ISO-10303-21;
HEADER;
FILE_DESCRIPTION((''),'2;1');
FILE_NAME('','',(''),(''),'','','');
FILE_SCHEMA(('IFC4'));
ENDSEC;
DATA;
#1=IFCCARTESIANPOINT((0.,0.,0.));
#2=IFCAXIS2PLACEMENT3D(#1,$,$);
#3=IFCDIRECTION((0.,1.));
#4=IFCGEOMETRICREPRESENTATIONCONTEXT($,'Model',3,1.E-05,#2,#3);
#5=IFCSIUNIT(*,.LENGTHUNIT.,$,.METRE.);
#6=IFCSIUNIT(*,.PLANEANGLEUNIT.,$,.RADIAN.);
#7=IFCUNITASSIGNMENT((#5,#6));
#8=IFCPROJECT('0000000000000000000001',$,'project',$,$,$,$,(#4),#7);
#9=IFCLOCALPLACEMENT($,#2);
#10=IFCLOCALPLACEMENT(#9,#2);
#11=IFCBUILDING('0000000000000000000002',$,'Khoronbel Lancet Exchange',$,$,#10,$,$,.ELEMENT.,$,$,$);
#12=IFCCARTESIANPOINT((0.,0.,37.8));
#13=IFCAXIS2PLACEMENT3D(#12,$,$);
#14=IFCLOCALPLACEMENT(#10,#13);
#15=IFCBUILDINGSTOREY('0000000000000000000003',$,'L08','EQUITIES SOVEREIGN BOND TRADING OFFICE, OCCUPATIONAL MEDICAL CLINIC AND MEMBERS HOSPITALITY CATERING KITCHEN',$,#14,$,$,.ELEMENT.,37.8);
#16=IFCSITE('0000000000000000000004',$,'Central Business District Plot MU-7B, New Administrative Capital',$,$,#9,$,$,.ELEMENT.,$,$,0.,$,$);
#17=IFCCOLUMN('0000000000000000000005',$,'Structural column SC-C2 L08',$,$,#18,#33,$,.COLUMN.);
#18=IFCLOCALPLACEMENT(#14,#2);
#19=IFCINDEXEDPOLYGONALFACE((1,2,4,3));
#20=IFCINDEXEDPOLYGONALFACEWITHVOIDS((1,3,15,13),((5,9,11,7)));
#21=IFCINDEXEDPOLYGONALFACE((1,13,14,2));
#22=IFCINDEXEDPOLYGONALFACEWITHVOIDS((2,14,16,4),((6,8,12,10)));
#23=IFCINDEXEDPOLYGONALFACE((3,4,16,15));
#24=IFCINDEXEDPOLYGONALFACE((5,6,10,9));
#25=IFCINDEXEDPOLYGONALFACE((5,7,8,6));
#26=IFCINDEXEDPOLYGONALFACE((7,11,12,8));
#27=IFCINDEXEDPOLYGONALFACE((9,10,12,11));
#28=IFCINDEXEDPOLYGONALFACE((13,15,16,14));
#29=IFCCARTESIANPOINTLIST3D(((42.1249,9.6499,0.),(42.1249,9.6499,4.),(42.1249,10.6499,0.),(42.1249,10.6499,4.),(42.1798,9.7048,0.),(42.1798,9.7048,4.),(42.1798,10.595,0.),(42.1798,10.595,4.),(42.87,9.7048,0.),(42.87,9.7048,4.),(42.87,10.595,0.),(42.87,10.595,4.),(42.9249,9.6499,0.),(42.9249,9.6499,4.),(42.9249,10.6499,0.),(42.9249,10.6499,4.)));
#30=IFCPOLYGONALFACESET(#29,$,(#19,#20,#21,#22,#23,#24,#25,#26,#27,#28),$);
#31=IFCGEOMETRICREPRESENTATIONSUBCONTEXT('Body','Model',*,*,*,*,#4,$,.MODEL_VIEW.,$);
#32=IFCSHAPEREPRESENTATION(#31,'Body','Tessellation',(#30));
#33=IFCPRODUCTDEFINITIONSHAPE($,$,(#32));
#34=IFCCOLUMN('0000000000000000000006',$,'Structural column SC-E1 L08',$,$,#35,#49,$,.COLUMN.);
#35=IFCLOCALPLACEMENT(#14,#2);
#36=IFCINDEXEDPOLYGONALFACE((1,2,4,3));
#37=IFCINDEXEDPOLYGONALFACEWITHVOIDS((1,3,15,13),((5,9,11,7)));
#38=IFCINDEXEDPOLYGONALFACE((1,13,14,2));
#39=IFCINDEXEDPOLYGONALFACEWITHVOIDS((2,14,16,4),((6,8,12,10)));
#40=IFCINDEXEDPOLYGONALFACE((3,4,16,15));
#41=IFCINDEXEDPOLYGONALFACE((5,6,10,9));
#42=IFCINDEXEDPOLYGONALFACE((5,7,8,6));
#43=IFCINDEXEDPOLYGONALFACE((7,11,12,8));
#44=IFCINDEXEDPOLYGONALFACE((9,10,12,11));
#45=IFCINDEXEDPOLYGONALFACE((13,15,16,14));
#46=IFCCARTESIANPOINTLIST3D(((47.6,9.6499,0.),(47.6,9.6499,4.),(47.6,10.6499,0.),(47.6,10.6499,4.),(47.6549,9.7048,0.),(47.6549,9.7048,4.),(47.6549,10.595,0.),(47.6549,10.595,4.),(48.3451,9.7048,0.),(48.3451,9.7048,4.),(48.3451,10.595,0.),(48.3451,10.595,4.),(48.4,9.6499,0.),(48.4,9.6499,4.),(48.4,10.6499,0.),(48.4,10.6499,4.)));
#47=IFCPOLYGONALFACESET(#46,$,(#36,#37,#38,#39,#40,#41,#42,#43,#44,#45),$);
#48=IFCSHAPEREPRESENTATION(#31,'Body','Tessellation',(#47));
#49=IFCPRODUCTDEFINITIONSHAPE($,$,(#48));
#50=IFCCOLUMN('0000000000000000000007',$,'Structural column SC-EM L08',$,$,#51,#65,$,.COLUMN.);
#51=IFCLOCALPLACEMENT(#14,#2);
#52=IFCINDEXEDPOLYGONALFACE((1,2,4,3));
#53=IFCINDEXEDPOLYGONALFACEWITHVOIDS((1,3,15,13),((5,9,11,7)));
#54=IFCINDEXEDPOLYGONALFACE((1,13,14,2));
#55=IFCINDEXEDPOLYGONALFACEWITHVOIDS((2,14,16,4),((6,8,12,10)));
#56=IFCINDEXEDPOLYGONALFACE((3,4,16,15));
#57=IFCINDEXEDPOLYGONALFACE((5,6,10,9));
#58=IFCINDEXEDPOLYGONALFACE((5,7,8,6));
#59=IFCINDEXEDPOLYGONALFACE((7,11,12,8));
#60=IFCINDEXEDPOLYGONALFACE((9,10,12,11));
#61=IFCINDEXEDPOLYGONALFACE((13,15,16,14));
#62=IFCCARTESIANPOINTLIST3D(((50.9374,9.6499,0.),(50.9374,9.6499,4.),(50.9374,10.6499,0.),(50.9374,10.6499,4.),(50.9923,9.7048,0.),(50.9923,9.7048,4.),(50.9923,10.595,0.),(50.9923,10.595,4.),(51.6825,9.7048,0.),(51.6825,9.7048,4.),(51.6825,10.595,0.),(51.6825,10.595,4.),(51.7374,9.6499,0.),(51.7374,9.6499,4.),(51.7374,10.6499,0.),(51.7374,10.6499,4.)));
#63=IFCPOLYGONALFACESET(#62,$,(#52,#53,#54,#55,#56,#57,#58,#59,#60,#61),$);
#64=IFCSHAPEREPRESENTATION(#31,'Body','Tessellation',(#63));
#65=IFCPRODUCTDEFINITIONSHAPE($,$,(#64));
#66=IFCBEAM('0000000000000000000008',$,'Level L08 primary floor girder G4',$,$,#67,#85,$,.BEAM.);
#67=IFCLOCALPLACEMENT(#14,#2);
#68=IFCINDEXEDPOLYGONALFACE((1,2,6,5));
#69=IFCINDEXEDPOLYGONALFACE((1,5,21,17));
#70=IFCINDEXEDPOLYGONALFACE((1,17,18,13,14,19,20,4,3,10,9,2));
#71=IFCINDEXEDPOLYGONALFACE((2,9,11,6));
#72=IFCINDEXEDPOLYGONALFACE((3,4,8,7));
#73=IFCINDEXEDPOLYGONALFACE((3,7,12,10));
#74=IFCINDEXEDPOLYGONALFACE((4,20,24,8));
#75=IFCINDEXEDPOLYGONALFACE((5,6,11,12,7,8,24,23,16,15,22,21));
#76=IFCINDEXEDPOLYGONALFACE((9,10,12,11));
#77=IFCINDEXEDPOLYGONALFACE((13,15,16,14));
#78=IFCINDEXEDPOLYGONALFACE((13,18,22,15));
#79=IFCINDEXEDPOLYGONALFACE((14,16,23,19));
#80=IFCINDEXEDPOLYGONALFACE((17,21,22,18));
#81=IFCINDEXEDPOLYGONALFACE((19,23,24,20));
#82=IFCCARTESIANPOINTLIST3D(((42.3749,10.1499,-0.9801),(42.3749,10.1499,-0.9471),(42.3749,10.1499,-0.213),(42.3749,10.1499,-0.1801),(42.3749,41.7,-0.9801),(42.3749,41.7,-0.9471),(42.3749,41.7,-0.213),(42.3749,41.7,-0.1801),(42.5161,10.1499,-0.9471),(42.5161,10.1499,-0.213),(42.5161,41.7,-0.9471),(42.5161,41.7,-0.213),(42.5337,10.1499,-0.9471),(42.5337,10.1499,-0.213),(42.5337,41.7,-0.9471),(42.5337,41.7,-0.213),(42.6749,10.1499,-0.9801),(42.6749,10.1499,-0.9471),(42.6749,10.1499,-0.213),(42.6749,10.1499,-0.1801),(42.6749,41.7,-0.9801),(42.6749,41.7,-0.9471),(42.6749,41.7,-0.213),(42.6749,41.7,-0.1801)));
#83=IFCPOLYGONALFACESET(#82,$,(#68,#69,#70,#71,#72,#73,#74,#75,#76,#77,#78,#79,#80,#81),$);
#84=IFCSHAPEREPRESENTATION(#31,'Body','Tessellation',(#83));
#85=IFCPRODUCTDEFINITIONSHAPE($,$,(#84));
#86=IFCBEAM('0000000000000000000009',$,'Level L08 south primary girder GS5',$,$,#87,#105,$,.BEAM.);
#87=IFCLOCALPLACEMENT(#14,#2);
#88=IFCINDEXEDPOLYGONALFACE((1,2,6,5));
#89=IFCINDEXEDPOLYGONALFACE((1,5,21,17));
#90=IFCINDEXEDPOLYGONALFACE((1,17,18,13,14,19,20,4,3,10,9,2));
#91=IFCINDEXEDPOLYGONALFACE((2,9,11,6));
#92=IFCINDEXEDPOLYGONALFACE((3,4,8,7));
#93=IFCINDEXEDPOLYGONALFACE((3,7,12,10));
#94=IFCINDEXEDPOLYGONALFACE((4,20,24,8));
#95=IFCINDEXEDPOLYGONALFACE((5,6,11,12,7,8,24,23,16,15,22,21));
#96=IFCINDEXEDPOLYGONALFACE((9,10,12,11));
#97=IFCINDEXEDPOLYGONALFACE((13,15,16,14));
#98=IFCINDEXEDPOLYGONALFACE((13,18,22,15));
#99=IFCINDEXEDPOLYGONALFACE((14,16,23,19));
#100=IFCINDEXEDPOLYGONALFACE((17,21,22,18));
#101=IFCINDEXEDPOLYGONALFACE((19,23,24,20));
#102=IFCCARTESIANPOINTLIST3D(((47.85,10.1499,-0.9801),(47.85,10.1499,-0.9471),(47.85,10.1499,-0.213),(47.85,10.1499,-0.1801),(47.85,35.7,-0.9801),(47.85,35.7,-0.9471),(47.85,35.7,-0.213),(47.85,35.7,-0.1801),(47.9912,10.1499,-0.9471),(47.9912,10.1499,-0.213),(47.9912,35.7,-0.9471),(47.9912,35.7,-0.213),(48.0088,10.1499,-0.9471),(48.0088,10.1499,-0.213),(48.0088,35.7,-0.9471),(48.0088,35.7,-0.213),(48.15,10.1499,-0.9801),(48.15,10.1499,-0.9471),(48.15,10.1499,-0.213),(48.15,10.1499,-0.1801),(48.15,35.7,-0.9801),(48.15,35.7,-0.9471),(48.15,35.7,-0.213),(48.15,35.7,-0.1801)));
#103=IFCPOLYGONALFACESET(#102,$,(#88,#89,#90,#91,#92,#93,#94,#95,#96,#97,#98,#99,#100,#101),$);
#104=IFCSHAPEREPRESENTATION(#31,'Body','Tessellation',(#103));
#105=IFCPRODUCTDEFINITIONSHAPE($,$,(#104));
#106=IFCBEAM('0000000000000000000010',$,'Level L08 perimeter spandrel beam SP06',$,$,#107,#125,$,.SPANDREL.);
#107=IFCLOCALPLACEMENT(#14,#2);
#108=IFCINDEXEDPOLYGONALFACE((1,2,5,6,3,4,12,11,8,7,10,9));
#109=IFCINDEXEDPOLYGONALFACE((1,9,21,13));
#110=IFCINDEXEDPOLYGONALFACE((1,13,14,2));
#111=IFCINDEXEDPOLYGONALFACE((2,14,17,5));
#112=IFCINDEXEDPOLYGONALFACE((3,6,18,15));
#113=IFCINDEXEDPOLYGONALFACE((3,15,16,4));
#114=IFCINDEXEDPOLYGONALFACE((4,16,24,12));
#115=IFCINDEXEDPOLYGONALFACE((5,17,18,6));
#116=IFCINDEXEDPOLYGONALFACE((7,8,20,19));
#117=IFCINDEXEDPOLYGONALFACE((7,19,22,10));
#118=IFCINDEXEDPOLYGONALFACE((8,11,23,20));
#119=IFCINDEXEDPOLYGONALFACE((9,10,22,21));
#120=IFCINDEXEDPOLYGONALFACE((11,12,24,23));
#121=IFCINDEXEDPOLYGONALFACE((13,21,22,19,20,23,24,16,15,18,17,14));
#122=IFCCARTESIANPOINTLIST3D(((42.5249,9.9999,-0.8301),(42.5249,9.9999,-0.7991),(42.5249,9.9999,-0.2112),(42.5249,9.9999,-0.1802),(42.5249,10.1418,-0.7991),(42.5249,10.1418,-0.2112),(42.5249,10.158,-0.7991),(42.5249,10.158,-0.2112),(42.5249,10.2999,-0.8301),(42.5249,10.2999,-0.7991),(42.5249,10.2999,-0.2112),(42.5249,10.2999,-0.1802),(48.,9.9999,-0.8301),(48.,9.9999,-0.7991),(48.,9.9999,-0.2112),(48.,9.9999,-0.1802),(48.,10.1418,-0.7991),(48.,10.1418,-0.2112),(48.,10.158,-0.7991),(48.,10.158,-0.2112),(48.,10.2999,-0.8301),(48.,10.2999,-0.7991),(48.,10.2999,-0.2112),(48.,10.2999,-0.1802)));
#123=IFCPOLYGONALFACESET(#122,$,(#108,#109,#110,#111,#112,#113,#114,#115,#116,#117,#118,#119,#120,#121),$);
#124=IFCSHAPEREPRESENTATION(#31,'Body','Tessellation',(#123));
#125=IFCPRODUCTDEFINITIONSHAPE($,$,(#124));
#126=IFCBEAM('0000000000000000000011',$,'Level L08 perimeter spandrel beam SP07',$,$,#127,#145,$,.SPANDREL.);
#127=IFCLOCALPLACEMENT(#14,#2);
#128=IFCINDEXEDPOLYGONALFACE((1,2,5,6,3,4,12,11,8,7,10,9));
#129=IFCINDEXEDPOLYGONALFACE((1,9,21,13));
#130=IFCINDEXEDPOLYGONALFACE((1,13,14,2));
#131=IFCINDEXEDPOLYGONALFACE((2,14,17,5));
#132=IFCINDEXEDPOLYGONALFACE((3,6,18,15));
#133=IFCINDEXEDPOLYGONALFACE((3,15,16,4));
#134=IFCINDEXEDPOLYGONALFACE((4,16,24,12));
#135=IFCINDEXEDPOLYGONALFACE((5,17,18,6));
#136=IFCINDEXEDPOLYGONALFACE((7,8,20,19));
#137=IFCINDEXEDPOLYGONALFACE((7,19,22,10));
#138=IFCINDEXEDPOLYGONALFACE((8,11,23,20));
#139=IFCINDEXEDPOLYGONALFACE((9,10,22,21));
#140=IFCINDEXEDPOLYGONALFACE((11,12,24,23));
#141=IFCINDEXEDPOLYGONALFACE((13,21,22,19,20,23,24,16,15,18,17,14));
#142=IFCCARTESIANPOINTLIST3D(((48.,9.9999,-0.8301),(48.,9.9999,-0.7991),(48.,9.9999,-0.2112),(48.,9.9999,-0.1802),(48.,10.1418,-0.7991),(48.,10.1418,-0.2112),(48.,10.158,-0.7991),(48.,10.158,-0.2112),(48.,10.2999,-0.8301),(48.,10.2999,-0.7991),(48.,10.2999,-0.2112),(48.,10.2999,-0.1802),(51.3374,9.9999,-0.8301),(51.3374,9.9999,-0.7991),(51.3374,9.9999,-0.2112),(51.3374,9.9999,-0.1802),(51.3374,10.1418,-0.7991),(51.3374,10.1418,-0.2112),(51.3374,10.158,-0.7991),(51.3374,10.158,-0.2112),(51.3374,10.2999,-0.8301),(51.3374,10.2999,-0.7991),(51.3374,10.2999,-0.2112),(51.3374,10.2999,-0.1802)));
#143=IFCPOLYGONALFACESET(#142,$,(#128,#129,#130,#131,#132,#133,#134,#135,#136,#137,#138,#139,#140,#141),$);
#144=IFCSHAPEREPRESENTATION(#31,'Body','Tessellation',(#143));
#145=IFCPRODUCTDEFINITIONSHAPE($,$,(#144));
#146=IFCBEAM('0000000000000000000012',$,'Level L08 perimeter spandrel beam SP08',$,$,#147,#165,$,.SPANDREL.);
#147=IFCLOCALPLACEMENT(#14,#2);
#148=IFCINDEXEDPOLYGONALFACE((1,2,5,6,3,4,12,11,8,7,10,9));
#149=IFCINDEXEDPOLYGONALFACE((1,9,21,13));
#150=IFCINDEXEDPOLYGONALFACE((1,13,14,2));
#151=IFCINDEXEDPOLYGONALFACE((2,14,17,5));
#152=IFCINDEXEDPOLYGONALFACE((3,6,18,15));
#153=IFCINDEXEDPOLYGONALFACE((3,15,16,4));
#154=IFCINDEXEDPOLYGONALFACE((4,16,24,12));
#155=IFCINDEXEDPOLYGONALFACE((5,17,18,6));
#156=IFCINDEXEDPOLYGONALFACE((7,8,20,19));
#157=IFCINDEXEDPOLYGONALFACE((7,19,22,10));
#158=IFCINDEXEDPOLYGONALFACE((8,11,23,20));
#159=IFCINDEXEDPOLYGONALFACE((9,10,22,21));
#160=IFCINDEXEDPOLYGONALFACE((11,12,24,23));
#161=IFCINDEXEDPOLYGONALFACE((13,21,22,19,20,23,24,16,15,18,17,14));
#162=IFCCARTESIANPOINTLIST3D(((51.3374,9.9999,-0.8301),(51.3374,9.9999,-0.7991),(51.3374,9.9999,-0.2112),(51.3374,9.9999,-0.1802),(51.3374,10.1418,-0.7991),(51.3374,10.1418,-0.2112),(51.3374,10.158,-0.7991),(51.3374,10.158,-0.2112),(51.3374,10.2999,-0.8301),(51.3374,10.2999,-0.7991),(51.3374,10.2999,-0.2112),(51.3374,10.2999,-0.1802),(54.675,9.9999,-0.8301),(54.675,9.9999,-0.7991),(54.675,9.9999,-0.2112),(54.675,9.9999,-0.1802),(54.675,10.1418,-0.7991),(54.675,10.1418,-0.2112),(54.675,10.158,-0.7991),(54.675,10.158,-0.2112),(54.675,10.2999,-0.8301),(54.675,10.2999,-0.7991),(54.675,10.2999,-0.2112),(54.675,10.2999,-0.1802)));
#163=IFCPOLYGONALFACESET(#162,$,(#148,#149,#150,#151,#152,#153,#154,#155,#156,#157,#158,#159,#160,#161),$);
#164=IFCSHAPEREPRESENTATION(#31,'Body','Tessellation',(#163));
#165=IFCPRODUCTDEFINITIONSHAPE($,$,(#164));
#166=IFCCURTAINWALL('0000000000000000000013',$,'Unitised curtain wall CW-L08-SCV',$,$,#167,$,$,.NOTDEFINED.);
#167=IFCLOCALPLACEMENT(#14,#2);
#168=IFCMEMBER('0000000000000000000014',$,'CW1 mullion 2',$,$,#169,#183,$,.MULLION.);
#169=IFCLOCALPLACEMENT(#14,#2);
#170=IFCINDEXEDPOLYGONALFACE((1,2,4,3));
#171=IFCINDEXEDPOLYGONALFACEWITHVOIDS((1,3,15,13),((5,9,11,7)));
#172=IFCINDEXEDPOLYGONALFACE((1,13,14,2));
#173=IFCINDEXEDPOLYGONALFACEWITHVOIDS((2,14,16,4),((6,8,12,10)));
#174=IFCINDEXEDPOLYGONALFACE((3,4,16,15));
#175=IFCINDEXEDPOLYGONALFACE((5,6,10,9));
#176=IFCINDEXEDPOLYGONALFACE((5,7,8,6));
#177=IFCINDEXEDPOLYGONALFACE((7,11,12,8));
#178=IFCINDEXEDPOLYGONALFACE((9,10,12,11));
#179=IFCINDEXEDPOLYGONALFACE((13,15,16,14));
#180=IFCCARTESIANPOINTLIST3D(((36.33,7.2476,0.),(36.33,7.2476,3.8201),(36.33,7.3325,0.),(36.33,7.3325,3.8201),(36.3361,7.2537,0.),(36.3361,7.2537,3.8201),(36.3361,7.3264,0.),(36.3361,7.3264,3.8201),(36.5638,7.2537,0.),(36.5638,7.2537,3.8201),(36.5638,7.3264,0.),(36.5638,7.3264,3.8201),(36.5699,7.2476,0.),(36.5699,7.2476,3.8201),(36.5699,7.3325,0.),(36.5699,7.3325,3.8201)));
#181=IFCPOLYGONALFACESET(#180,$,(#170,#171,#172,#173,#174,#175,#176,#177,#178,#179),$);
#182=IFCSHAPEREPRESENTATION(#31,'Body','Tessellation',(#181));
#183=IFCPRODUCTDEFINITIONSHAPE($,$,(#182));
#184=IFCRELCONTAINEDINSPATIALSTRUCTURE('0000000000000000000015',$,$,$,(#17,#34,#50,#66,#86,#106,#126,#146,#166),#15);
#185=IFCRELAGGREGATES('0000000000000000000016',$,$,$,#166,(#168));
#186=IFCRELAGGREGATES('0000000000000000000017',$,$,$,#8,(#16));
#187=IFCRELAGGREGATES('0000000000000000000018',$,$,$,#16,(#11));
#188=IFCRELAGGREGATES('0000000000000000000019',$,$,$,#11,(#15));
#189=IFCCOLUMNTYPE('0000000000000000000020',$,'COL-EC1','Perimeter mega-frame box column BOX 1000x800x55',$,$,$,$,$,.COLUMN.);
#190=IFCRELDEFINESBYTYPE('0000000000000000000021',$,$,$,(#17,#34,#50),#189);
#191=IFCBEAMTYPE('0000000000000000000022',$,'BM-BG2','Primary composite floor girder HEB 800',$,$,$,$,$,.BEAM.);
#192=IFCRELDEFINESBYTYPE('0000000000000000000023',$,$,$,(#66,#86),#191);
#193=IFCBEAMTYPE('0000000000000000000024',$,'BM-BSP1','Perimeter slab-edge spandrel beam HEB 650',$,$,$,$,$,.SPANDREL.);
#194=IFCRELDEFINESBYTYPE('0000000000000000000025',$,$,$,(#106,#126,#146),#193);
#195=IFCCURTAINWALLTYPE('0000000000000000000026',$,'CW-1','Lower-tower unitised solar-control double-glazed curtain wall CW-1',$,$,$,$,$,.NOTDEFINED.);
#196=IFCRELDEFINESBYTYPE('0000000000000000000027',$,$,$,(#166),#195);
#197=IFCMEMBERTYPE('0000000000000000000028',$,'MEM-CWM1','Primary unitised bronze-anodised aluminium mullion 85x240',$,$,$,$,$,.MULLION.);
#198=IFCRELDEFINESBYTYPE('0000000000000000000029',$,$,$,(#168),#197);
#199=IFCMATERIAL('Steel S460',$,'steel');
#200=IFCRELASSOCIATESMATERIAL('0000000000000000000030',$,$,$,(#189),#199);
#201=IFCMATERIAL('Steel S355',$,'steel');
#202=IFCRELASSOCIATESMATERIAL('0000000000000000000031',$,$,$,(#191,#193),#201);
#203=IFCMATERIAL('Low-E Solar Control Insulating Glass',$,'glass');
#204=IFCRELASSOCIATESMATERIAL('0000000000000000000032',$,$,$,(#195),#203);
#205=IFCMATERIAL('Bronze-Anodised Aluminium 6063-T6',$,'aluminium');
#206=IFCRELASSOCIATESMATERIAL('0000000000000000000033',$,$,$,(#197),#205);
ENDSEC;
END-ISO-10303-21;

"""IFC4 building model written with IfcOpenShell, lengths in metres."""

from ifc_helpers import new_model, si_unit, direction, frame, origin, origin_2d, place, context, subcontext, project, spatial, hollow_rectangle, i_section, extrude, material, material_profile, profile_set, type_object, element, aggregate, save


model = new_model("IFC4")

# Units and contexts
model_context = context("Model", 3, precision=1e-05, world=origin(), true_north=direction((0.0, 1.0)))
body_context = subcontext(model_context, "Body", "Model", "MODEL_VIEW")
ifc_project = project(units=[si_unit("LENGTHUNIT", "METRE"), si_unit("PLANEANGLEUNIT", "RADIAN")], contexts=[model_context])

# Site, building, storey
site_placement = place(None, origin())
site = spatial("IfcSite", under=ifc_project, at=site_placement, Name="Central Business District Plot MU-7B, New Administrative Capital", CompositionType="ELEMENT", RefElevation=0.0)
building_placement = place(site_placement, origin())
building = spatial("IfcBuilding", under=site, at=building_placement, Name="Khoronbel Lancet Exchange", CompositionType="ELEMENT")
storey_placement = place(building_placement, frame((0.0, 0.0, 37.8)))
storey = spatial("IfcBuildingStorey", under=building, at=storey_placement, Name="L08", Description="EQUITIES SOVEREIGN BOND TRADING OFFICE, OCCUPATIONAL MEDICAL CLINIC AND MEMBERS HOSPITALITY CATERING KITCHEN", CompositionType="ELEMENT", Elevation=37.8)

# Columns
ifc_material_1 = material(Name="Steel S460", Category="steel")
ifc_material_profile_1 = material_profile(ifc_material_1, hollow_rectangle(XDim=0.8, YDim=1.0, WallThickness=0.0549, at=origin_2d()), Name="BOX 1000x800x55")
ifc_profile_set_1 = profile_set([ifc_material_profile_1], Name="Steel S460")
column_type = type_object("IfcColumnType", Name="COL-EC1", Description="Perimeter mega-frame box column BOX 1000x800x55", PredefinedType="COLUMN", material=ifc_profile_set_1)
for number, where, z_axis, x_axis, name in (
    (1, (42.5249, 10.1499, 0.0), (0.0, 0.0, 1.0), (1.0, 0.0, 0.0), "Structural column SC-C2 L08"),
    (2, (48.0, 10.1499, 0.0), (0.0, 0.0, 1.0), (1.0, 0.0, 0.0), "Structural column SC-E1 L08"),
    (3, (51.3374, 10.1499, 0.0), (0.0, 0.0, 1.0), (1.0, 0.0, 0.0), "Structural column SC-EM L08"),
):
    element("IfcColumn", number, at=place(storey_placement, frame(where, z_axis=z_axis, x_axis=x_axis)), inside=storey, type_object=column_type, Name=name, PredefinedType="COLUMN", context=body_context, shape_type="SweptSolid", body=[
        extrude(hollow_rectangle(XDim=0.8, YDim=1.0, WallThickness=0.0549, at=origin_2d()), origin(), (0.0, 0.0, 1.0), 4.0),
    ])

# Beams
ifc_material_2 = material(Name="Steel S355", Category="steel")
ifc_material_profile_2 = material_profile(ifc_material_2, i_section(OverallWidth=0.3, OverallDepth=0.8, WebThickness=0.0176, FlangeThickness=0.033, at=origin_2d()), Name="HEB 800")
ifc_profile_set_2 = profile_set([ifc_material_profile_2], Name="Steel S355")
beam_type_1 = type_object("IfcBeamType", Name="BM-BG2", Description="Primary composite floor girder HEB 800", PredefinedType="BEAM", material=ifc_profile_set_2)
beam_1_placement = place(storey_placement, frame((42.5249, 10.1499, -0.5801), z_axis=(0.0, 1.0, 0.0), x_axis=(-1.0, 0.0, 0.0)))
element("IfcBeam", 4, at=beam_1_placement, inside=storey, type_object=beam_type_1, Name="Level L08 primary floor girder G4", PredefinedType="BEAM", context=body_context, shape_type="SweptSolid", body=[
    extrude(i_section(OverallWidth=0.3, OverallDepth=0.8, WebThickness=0.0176, FlangeThickness=0.033, at=origin_2d()), origin(), (0.0, 0.0, 1.0), 31.55),
])
beam_2_placement = place(storey_placement, frame((48.0, 10.1499, -0.5801), z_axis=(0.0, 1.0, 0.0), x_axis=(-1.0, 0.0, 0.0)))
element("IfcBeam", 5, at=beam_2_placement, inside=storey, type_object=beam_type_1, Name="Level L08 south primary girder GS5", PredefinedType="BEAM", context=body_context, shape_type="SweptSolid", body=[
    extrude(i_section(OverallWidth=0.3, OverallDepth=0.8, WebThickness=0.0176, FlangeThickness=0.033, at=origin_2d()), origin(), (0.0, 0.0, 1.0), 25.55),
])
ifc_material_profile_3 = material_profile(ifc_material_2, i_section(OverallWidth=0.3, OverallDepth=0.6499, WebThickness=0.0161, FlangeThickness=0.031, at=origin_2d()), Name="HEB 650")
ifc_profile_set_3 = profile_set([ifc_material_profile_3], Name="Steel S355")
beam_type_2 = type_object("IfcBeamType", Name="BM-BSP1", Description="Perimeter slab-edge spandrel beam HEB 650", PredefinedType="SPANDREL", material=ifc_profile_set_3)
beam_3_placement = place(storey_placement, frame((42.5249, 10.1499, -0.5051), z_axis=(1.0, 0.0, 0.0), x_axis=(0.0, 1.0, 0.0)))
element("IfcBeam", 6, at=beam_3_placement, inside=storey, type_object=beam_type_2, Name="Level L08 perimeter spandrel beam SP06", PredefinedType="SPANDREL", context=body_context, shape_type="SweptSolid", body=[
    extrude(i_section(OverallWidth=0.3, OverallDepth=0.6499, WebThickness=0.0161, FlangeThickness=0.031, at=origin_2d()), origin(), (0.0, 0.0, 1.0), 5.4751),
])
beam_4_placement = place(storey_placement, frame((48.0, 10.1499, -0.5051), z_axis=(1.0, 0.0, 0.0), x_axis=(0.0, 1.0, 0.0)))
element("IfcBeam", 7, at=beam_4_placement, inside=storey, type_object=beam_type_2, Name="Level L08 perimeter spandrel beam SP07", PredefinedType="SPANDREL", context=body_context, shape_type="SweptSolid", body=[
    extrude(i_section(OverallWidth=0.3, OverallDepth=0.6499, WebThickness=0.0161, FlangeThickness=0.031, at=origin_2d()), origin(), (0.0, 0.0, 1.0), 3.3374),
])
beam_5_placement = place(storey_placement, frame((51.3374, 10.1499, -0.5051), z_axis=(1.0, 0.0, 0.0), x_axis=(0.0, 1.0, 0.0)))
element("IfcBeam", 8, at=beam_5_placement, inside=storey, type_object=beam_type_2, Name="Level L08 perimeter spandrel beam SP08", PredefinedType="SPANDREL", context=body_context, shape_type="SweptSolid", body=[
    extrude(i_section(OverallWidth=0.3, OverallDepth=0.6499, WebThickness=0.0161, FlangeThickness=0.031, at=origin_2d()), origin(), (0.0, 0.0, 1.0), 3.3376),
])

# Curtain wall, member
ifc_material_3 = material(Name="Low-E Solar Control Insulating Glass", Category="glass")
curtain_wall_type = type_object("IfcCurtainWallType", Name="CW-1", Description="Lower-tower unitised solar-control double-glazed curtain wall CW-1", PredefinedType="NOTDEFINED", material=ifc_material_3)
curtain_wall_1_placement = place(storey_placement, origin())
curtain_wall_1 = element("IfcCurtainWall", 9, at=curtain_wall_1_placement, inside=storey, type_object=curtain_wall_type, Name="Unitised curtain wall CW-L08-SCV", PredefinedType="NOTDEFINED")
ifc_material_4 = material(Name="Bronze-Anodised Aluminium 6063-T6", Category="aluminium")
ifc_material_profile_4 = material_profile(ifc_material_4, hollow_rectangle(XDim=0.085, YDim=0.24, WallThickness=0.0061, at=origin_2d()), Name="ALU MULLION 85x240")
ifc_profile_set_4 = profile_set([ifc_material_profile_4], Name="Bronze-Anodised Aluminium 6063-T6")
member_type_1 = type_object("IfcMemberType", Name="MEM-CWM1", Description="Primary unitised bronze-anodised aluminium mullion 85x240", PredefinedType="MULLION", material=ifc_profile_set_4)
member_1_placement = place(storey_placement, frame((36.45, 7.29, 0.0), z_axis=(0.0, 0.0, 1.0), x_axis=(0.0, 1.0, 0.0)))
member_1 = element("IfcMember", 10, at=member_1_placement, type_object=member_type_1, Name="CW1 mullion 2", PredefinedType="MULLION", context=body_context, shape_type="SweptSolid", body=[
    extrude(hollow_rectangle(XDim=0.085, YDim=0.24, WallThickness=0.0061, at=origin_2d()), origin(), (0.0, 0.0, 1.0), 3.8201),
])

aggregate(curtain_wall_1, [member_1])

save(model, "model.ifc")
